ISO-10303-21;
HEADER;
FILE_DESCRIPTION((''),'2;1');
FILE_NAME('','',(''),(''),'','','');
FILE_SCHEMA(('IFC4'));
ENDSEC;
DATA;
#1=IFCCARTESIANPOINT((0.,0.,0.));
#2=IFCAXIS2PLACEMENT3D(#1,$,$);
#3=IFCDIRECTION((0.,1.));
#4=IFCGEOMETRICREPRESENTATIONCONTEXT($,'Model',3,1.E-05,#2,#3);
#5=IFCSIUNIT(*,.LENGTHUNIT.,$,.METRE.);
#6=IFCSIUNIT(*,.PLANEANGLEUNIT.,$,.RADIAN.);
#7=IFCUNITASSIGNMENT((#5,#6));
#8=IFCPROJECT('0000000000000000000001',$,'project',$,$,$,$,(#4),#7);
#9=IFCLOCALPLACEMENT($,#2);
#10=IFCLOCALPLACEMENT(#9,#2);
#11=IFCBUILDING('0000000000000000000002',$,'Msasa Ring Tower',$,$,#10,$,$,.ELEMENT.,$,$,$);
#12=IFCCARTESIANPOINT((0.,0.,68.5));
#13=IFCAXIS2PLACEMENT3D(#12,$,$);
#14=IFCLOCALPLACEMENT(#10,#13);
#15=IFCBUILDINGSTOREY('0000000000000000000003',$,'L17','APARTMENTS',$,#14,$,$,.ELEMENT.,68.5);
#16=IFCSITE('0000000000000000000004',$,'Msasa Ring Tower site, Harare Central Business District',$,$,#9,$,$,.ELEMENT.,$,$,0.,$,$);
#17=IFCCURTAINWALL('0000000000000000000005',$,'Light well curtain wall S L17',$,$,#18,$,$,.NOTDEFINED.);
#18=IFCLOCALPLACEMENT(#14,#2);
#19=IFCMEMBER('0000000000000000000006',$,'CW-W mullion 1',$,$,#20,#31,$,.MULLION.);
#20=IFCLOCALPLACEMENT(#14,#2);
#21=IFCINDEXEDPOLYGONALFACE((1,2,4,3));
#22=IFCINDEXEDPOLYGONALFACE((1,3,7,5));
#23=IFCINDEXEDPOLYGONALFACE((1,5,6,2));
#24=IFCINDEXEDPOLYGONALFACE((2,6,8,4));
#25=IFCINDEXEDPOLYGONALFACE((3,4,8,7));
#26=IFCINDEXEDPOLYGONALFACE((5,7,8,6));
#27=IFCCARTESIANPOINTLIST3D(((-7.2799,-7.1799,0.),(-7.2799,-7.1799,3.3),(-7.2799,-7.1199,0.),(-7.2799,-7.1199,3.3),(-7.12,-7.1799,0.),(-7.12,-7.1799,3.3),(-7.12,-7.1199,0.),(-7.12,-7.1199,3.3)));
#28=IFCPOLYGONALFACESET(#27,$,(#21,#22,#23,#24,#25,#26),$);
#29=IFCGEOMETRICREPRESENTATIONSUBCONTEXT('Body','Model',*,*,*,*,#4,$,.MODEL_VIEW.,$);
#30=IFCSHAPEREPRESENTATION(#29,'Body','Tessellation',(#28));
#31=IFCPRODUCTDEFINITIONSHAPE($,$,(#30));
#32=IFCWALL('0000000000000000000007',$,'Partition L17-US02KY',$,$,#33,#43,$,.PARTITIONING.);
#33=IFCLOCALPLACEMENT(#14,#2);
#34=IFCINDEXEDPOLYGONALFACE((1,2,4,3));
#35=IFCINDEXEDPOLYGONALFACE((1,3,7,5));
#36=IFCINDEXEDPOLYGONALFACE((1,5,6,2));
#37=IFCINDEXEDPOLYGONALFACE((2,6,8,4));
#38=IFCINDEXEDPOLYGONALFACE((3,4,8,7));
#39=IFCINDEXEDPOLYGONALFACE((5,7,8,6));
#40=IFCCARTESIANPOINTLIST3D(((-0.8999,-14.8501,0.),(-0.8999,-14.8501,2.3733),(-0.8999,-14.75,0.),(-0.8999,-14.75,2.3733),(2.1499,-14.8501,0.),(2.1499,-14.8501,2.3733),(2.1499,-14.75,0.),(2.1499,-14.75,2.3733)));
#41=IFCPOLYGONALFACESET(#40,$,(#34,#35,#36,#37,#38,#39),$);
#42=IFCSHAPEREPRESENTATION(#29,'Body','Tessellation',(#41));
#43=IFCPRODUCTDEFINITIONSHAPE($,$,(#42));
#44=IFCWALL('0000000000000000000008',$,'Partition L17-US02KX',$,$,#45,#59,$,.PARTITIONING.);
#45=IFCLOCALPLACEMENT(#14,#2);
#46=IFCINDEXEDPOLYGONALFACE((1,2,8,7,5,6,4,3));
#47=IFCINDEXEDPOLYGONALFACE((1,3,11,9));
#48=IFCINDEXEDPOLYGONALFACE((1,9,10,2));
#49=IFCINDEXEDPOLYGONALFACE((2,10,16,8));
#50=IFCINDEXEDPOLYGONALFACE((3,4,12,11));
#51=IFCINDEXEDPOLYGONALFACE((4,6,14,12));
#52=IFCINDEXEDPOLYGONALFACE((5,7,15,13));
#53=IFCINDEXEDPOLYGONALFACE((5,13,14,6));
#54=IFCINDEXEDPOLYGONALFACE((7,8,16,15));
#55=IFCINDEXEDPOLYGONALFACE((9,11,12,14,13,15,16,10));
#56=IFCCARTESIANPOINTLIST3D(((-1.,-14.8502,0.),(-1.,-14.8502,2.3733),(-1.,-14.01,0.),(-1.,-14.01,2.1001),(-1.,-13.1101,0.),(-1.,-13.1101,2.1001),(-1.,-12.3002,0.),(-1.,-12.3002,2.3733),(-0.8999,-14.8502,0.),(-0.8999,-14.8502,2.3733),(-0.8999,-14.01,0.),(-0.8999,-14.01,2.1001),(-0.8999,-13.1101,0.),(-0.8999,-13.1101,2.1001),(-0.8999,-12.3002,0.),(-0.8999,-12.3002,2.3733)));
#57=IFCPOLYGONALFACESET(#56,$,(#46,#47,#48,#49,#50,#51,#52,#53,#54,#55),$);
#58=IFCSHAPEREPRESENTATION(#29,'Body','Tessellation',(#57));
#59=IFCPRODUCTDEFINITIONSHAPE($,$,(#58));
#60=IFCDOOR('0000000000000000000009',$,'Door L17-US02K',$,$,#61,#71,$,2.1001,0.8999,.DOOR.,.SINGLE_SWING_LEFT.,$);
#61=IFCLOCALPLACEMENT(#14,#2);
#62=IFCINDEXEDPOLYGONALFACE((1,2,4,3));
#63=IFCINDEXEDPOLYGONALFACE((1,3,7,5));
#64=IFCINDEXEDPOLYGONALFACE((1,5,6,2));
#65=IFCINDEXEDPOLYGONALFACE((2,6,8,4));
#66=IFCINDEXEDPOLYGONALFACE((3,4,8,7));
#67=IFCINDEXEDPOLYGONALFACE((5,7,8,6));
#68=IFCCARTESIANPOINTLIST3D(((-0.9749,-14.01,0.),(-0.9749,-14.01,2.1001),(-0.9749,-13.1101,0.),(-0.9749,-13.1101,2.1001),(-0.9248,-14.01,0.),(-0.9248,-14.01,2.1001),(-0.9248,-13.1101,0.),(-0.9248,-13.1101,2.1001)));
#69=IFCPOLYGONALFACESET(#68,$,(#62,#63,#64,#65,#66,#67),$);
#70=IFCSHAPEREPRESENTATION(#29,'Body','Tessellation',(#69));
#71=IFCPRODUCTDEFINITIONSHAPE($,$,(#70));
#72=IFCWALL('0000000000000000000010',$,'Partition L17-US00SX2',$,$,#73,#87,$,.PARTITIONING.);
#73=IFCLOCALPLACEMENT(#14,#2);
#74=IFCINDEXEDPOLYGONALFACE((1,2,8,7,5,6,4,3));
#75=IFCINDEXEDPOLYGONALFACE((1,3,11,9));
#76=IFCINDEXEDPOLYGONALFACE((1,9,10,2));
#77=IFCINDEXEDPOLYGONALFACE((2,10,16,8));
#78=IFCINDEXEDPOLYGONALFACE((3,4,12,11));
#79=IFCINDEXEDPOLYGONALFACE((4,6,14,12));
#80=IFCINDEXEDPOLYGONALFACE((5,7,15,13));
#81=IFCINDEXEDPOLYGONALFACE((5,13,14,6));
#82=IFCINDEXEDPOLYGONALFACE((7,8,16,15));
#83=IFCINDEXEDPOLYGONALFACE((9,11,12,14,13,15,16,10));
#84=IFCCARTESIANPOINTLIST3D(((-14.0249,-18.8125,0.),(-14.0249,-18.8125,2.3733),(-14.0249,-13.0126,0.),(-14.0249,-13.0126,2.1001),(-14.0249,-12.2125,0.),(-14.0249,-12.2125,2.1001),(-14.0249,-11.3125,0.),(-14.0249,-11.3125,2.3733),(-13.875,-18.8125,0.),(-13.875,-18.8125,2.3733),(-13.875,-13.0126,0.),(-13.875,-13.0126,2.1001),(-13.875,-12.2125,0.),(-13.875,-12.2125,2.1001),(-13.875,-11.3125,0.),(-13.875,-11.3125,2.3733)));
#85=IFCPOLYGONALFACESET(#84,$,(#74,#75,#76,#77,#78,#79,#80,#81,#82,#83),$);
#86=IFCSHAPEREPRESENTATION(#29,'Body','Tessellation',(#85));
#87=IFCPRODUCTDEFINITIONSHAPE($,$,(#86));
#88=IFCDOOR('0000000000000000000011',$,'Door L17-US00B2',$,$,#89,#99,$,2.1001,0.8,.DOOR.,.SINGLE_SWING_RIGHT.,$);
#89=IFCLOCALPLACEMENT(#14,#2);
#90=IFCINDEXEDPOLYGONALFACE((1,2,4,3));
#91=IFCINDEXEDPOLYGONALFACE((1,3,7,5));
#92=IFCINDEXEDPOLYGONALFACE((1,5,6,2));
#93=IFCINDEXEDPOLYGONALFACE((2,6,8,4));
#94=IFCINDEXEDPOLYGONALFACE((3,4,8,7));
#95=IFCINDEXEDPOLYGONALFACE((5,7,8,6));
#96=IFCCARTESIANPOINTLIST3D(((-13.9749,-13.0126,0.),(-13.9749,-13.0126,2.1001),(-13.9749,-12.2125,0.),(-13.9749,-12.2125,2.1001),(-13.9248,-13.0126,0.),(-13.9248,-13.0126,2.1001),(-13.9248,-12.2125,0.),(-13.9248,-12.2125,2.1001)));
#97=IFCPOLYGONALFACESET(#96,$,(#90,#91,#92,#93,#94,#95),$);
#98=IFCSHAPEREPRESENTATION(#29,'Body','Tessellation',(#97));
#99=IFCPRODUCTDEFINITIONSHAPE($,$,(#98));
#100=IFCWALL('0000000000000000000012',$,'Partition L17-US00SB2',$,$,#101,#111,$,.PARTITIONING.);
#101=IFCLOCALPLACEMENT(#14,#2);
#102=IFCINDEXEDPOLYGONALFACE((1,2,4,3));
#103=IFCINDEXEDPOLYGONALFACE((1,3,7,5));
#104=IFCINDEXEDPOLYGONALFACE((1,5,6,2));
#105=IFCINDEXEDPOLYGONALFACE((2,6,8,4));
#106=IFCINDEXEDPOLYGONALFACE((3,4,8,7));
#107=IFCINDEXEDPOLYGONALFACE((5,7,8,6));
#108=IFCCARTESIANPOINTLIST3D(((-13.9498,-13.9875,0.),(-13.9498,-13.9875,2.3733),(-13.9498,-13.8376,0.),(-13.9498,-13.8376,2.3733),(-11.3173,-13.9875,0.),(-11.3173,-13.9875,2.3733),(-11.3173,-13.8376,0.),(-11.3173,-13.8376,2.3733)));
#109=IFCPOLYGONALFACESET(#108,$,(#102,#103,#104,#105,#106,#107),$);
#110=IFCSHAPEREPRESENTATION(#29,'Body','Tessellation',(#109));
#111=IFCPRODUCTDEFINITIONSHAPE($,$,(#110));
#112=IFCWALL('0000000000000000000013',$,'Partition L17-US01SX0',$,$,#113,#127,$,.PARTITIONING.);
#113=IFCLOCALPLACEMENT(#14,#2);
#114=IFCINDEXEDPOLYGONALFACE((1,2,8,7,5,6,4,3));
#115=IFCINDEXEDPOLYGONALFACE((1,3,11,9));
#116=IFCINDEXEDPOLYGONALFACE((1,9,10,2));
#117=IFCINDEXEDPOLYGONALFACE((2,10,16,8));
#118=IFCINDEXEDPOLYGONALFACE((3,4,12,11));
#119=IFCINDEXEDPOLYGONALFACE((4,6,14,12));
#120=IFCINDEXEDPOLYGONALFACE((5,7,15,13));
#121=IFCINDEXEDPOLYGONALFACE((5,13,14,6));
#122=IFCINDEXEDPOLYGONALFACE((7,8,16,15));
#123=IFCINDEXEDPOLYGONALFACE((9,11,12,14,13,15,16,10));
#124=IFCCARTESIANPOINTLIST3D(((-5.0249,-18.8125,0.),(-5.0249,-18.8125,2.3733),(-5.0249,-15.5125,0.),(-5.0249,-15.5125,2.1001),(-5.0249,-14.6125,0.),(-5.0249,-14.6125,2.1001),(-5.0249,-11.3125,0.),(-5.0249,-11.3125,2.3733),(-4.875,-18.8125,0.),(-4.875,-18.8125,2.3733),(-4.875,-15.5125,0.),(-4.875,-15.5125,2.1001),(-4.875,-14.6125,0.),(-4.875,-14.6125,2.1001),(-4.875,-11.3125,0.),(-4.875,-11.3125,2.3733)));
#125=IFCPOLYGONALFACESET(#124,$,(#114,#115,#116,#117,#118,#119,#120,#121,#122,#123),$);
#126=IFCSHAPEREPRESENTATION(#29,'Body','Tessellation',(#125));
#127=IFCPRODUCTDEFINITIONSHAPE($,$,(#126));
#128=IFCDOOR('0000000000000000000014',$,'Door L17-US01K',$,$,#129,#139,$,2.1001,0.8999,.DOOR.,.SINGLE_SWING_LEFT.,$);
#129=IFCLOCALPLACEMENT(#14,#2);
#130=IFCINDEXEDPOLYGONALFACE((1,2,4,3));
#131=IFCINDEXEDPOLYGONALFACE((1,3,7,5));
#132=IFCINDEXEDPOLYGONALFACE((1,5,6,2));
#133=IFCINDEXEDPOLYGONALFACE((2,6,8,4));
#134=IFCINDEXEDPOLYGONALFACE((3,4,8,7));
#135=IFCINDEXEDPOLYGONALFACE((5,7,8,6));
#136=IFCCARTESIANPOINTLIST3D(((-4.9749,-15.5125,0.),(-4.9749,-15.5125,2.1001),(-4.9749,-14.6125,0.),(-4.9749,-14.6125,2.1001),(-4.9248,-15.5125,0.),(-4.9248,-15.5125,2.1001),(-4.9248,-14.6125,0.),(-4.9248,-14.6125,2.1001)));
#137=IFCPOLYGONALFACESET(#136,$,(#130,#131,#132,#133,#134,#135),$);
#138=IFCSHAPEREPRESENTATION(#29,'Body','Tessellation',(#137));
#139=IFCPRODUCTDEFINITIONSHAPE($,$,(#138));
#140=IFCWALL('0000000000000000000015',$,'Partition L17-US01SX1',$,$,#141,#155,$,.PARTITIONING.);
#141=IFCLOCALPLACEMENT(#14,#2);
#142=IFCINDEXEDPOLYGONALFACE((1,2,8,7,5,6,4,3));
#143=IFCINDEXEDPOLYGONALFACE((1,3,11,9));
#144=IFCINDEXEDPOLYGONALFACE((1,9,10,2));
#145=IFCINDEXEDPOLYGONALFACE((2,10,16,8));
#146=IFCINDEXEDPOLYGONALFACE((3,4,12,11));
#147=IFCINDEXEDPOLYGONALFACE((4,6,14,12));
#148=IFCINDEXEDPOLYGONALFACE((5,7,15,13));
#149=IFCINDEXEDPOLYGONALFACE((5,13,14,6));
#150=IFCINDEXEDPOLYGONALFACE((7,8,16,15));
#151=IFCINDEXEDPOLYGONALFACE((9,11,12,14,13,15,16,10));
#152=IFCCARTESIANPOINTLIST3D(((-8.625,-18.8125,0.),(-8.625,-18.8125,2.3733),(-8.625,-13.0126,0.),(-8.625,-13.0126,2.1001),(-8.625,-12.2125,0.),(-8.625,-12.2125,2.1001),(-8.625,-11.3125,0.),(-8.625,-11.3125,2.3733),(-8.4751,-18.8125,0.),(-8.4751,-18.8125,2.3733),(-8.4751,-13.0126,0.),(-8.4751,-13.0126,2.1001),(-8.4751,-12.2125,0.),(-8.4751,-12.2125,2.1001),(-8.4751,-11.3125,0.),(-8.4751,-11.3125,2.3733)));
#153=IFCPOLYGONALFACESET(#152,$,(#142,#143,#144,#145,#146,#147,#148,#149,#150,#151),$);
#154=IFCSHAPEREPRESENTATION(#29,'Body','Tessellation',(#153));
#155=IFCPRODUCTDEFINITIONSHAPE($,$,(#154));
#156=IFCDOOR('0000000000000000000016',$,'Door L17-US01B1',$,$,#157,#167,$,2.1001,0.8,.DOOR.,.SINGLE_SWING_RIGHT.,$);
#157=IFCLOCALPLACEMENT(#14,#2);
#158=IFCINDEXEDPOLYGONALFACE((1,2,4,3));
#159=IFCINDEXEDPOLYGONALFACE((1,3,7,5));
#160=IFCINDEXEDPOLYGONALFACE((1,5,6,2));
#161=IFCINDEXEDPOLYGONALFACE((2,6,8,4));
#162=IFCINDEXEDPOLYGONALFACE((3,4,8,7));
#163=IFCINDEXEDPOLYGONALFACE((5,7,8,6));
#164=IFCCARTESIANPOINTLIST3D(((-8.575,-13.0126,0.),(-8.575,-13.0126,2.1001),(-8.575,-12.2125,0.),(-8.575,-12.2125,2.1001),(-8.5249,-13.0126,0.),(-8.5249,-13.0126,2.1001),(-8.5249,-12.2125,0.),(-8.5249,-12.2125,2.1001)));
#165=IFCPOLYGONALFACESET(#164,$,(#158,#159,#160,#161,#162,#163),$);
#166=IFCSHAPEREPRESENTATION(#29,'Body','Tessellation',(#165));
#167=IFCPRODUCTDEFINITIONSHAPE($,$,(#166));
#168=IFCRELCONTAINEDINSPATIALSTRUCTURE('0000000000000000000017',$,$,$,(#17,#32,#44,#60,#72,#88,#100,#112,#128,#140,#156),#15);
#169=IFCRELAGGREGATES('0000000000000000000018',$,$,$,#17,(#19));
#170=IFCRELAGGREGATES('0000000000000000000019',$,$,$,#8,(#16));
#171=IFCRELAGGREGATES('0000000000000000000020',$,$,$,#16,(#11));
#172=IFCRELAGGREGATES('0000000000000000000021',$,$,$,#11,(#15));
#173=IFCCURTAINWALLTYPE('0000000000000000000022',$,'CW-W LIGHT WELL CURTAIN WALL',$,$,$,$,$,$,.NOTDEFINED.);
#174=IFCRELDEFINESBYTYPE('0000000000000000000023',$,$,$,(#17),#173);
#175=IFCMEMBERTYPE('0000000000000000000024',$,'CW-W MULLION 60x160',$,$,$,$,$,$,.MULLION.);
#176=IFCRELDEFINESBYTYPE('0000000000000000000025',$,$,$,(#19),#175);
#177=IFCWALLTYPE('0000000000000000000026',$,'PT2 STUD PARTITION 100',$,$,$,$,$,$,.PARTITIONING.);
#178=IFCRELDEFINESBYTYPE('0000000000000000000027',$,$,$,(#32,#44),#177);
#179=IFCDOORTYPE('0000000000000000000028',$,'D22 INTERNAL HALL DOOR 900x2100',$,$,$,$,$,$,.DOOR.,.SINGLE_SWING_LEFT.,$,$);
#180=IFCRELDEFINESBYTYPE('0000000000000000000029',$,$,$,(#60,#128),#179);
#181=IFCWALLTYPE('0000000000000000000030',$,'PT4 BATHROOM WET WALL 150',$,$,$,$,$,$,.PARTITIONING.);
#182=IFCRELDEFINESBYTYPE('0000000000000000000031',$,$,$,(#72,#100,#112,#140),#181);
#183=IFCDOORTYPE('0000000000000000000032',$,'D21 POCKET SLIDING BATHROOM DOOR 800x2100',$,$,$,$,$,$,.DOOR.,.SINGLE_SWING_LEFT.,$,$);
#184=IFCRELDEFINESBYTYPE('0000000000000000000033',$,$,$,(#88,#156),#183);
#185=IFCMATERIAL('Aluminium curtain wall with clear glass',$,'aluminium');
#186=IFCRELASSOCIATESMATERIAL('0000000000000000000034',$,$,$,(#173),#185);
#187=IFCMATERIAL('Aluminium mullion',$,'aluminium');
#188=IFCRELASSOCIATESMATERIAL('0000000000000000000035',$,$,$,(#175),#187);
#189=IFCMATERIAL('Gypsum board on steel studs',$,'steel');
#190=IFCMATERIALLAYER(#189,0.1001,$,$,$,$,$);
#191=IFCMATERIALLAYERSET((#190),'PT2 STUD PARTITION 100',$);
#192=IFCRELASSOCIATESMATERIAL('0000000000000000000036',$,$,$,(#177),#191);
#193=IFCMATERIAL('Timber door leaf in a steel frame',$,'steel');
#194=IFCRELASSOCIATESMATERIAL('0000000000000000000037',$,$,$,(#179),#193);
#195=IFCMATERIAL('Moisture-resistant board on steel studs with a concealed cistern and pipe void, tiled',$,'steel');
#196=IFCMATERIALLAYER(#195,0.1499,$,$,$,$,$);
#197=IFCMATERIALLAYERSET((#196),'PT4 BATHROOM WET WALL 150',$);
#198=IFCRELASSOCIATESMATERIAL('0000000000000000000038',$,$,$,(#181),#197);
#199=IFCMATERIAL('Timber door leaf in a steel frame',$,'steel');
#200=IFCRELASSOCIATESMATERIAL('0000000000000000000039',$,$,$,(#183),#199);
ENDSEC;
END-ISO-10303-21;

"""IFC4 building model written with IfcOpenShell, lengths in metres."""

from ifc_helpers import new_model, si_unit, direction, frame, frame_2d, origin, origin_2d, place, context, subcontext, project, spatial, rectangle, extrude, material, layer, layer_set, material_profile, profile_set, type_object, element, fill, aggregate, save


model = new_model("IFC4")

# Units and contexts
model_context = context("Model", 3, precision=1e-05, world=origin(), true_north=direction((0.0, 1.0)))
body_context = subcontext(model_context, "Body", "Model", "MODEL_VIEW")
ifc_project = project(units=[si_unit("LENGTHUNIT", "METRE"), si_unit("PLANEANGLEUNIT", "RADIAN")], contexts=[model_context])

# Site, building, storey
site_placement = place(None, origin())
site = spatial("IfcSite", under=ifc_project, at=site_placement, Name="Msasa Ring Tower site, Harare Central Business District", CompositionType="ELEMENT", RefElevation=0.0)
building_placement = place(site_placement, origin())
building = spatial("IfcBuilding", under=site, at=building_placement, Name="Msasa Ring Tower", CompositionType="ELEMENT")
storey_placement = place(building_placement, frame((0.0, 0.0, 68.5)))
storey = spatial("IfcBuildingStorey", under=building, at=storey_placement, Name="L17", Description="APARTMENTS", CompositionType="ELEMENT", Elevation=68.5)

# Curtain wall, member
ifc_material_1 = material(Name="Aluminium curtain wall with clear glass", Category="aluminium")
curtain_wall_type = type_object("IfcCurtainWallType", Name="CW-W LIGHT WELL CURTAIN WALL", PredefinedType="NOTDEFINED", material=ifc_material_1)
curtain_wall_placement = place(storey_placement, origin())
curtain_wall = element("IfcCurtainWall", 1, at=curtain_wall_placement, inside=storey, type_object=curtain_wall_type, Name="Light well curtain wall S L17", PredefinedType="NOTDEFINED")
ifc_material_2 = material(Name="Aluminium mullion", Category="aluminium")
ifc_material_profile = material_profile(ifc_material_2, rectangle(XDim=0.0601, YDim=0.1599, at=origin_2d()), Name="AL 60x160")
ifc_profile_set = profile_set([ifc_material_profile], Name="Aluminium mullion")
member_type = type_object("IfcMemberType", Name="CW-W MULLION 60x160", PredefinedType="MULLION", material=ifc_profile_set)
member_placement = place(storey_placement, frame((-7.2, -7.1499, 0.0), z_axis=(0.0, 0.0, 1.0), x_axis=(0.0, 1.0, 0.0)))
member = element("IfcMember", 2, at=member_placement, type_object=member_type, Name="CW-W mullion 1", PredefinedType="MULLION", context=body_context, shape_type="SweptSolid", body=[
    extrude(rectangle(XDim=0.0601, YDim=0.1599, at=origin_2d()), origin(), (0.0, 0.0, 1.0), 3.3),
])
aggregate(curtain_wall, [member])

# Wall
ifc_material_3 = material(Name="Gypsum board on steel studs", Category="steel")
ifc_layer_1 = layer(ifc_material_3, 0.1001)
ifc_layer_set_1 = layer_set([ifc_layer_1], Name="PT2 STUD PARTITION 100")
wall_type_1 = type_object("IfcWallType", Name="PT2 STUD PARTITION 100", PredefinedType="PARTITIONING", material=ifc_layer_set_1)
wall_1_placement = place(storey_placement, frame((-0.8999, -14.8, 0.0), z_axis=(0.0, 0.0, 1.0), x_axis=(1.0, 0.0, 0.0)))
element("IfcWall", 3, at=wall_1_placement, inside=storey, type_object=wall_type_1, Name="Partition L17-US02KY", PredefinedType="PARTITIONING", context=body_context, shape_type="SweptSolid", body=[
    extrude(rectangle(XDim=3.0498, YDim=0.1001, at=frame_2d((1.5249, 0.0))), origin(), (0.0, 0.0, 1.0), 2.3733),
])

# Walls, openings, doors
wall_2_placement = place(storey_placement, frame((-0.95, -14.8501, 0.0), z_axis=(0.0, 0.0, 1.0), x_axis=(0.0, 1.0, 0.0)))
wall_2 = element("IfcWall", 4, at=wall_2_placement, inside=storey, type_object=wall_type_1, Name="Partition L17-US02KX", PredefinedType="PARTITIONING", context=body_context, shape_type="SweptSolid", body=[
    extrude(rectangle(XDim=2.55, YDim=0.1001, at=frame_2d((1.2749, 0.0))), origin(), (0.0, 0.0, 1.0), 2.3733),
])
opening_1_placement = place(wall_2_placement, frame((0.8401, 0.0, 0.0)))
opening_1 = element("IfcOpeningElement", 5, at=opening_1_placement, cuts=wall_2, PredefinedType="OPENING", context=body_context, shape_type="SweptSolid", body=[
    extrude(rectangle(XDim=0.8999, YDim=2.1001, at=frame_2d((0.45, 1.05))), frame((0.0, 0.0601, 0.0), z_axis=(0.0, -1.0, 0.0), x_axis=(1.0, 0.0, 0.0)), (0.0, 0.0, 1.0), 0.1201),
])
ifc_material_4 = material(Name="Timber door leaf in a steel frame", Category="steel")
door_type_1 = type_object("IfcDoorType", Name="D22 INTERNAL HALL DOOR 900x2100", OperationType="SINGLE_SWING_LEFT", PredefinedType="DOOR", material=ifc_material_4)
door_1_placement = place(opening_1_placement, origin())
door_1 = element("IfcDoor", 6, at=door_1_placement, inside=storey, type_object=door_type_1, Name="Door L17-US02K", OperationType="SINGLE_SWING_LEFT", OverallHeight=2.1001, OverallWidth=0.8999, PredefinedType="DOOR", context=body_context, shape_type="SweptSolid", body=[
    extrude(rectangle(XDim=0.8999, YDim=2.1001, at=frame_2d((0.45, 1.05))), frame((0.0, 0.0249, 0.0), z_axis=(0.0, -1.0, 0.0), x_axis=(1.0, 0.0, 0.0)), (0.0, 0.0, 1.0), 0.05),
])
fill(opening_1, door_1)
ifc_material_5 = material(Name="Moisture-resistant board on steel studs with a concealed cistern and pipe void, tiled", Category="steel")
ifc_layer_2 = layer(ifc_material_5, 0.1499)
ifc_layer_set_2 = layer_set([ifc_layer_2], Name="PT4 BATHROOM WET WALL 150")
wall_type_2 = type_object("IfcWallType", Name="PT4 BATHROOM WET WALL 150", PredefinedType="PARTITIONING", material=ifc_layer_set_2)
wall_3_placement = place(storey_placement, frame((-13.95, -18.8125, 0.0), z_axis=(0.0, 0.0, 1.0), x_axis=(0.0, 1.0, 0.0)))
wall_3 = element("IfcWall", 7, at=wall_3_placement, inside=storey, type_object=wall_type_2, Name="Partition L17-US00SX2", PredefinedType="PARTITIONING", context=body_context, shape_type="SweptSolid", body=[
    extrude(rectangle(XDim=7.5, YDim=0.1499, at=frame_2d((3.75, 0.0))), origin(), (0.0, 0.0, 1.0), 2.3733),
])
opening_2_placement = place(wall_3_placement, frame((5.8, 0.0, 0.0)))
opening_2 = element("IfcOpeningElement", 8, at=opening_2_placement, cuts=wall_3, PredefinedType="OPENING", context=body_context, shape_type="SweptSolid", body=[
    extrude(rectangle(XDim=0.8, YDim=2.1001, at=frame_2d((0.3999, 1.05))), frame((0.0, 0.085, 0.0), z_axis=(0.0, -1.0, 0.0), x_axis=(1.0, 0.0, 0.0)), (0.0, 0.0, 1.0), 0.1699),
])
ifc_material_6 = material(Name="Timber door leaf in a steel frame", Category="steel")
door_type_2 = type_object("IfcDoorType", Name="D21 POCKET SLIDING BATHROOM DOOR 800x2100", OperationType="SINGLE_SWING_LEFT", PredefinedType="DOOR", material=ifc_material_6)
door_2_placement = place(opening_2_placement, origin())
door_2 = element("IfcDoor", 9, at=door_2_placement, inside=storey, type_object=door_type_2, Name="Door L17-US00B2", OperationType="SINGLE_SWING_RIGHT", OverallHeight=2.1001, OverallWidth=0.8, PredefinedType="DOOR", context=body_context, shape_type="SweptSolid", body=[
    extrude(rectangle(XDim=0.8, YDim=2.1001, at=frame_2d((0.3999, 1.05))), frame((0.0, 0.0249, 0.0), z_axis=(0.0, -1.0, 0.0), x_axis=(1.0, 0.0, 0.0)), (0.0, 0.0, 1.0), 0.05),
])
fill(opening_2, door_2)

# Wall
wall_4_placement = place(storey_placement, frame((-13.95, -13.9126, 0.0), z_axis=(0.0, 0.0, 1.0), x_axis=(1.0, 0.0, 0.0)))
element("IfcWall", 10, at=wall_4_placement, inside=storey, type_object=wall_type_2, Name="Partition L17-US00SB2", PredefinedType="PARTITIONING", context=body_context, shape_type="SweptSolid", body=[
    extrude(rectangle(XDim=2.6326, YDim=0.1499, at=frame_2d((1.3164, 0.0))), origin(), (0.0, 0.0, 1.0), 2.3733),
])

# Walls, openings, doors
wall_5_placement = place(storey_placement, frame((-4.95, -18.8125, 0.0), z_axis=(0.0, 0.0, 1.0), x_axis=(0.0, 1.0, 0.0)))
wall_5 = element("IfcWall", 11, at=wall_5_placement, inside=storey, type_object=wall_type_2, Name="Partition L17-US01SX0", PredefinedType="PARTITIONING", context=body_context, shape_type="SweptSolid", body=[
    extrude(rectangle(XDim=7.5, YDim=0.1499, at=frame_2d((3.75, 0.0))), origin(), (0.0, 0.0, 1.0), 2.3733),
])
opening_3_placement = place(wall_5_placement, frame((3.3, 0.0, 0.0)))
opening_3 = element("IfcOpeningElement", 12, at=opening_3_placement, cuts=wall_5, PredefinedType="OPENING", context=body_context, shape_type="SweptSolid", body=[
    extrude(rectangle(XDim=0.8999, YDim=2.1001, at=frame_2d((0.45, 1.05))), frame((0.0, 0.085, 0.0), z_axis=(0.0, -1.0, 0.0), x_axis=(1.0, 0.0, 0.0)), (0.0, 0.0, 1.0), 0.1699),
])
door_3_placement = place(opening_3_placement, origin())
door_3 = element("IfcDoor", 13, at=door_3_placement, inside=storey, type_object=door_type_1, Name="Door L17-US01K", OperationType="SINGLE_SWING_LEFT", OverallHeight=2.1001, OverallWidth=0.8999, PredefinedType="DOOR", context=body_context, shape_type="SweptSolid", body=[
    extrude(rectangle(XDim=0.8999, YDim=2.1001, at=frame_2d((0.45, 1.05))), frame((0.0, 0.0249, 0.0), z_axis=(0.0, -1.0, 0.0), x_axis=(1.0, 0.0, 0.0)), (0.0, 0.0, 1.0), 0.05),
])
fill(opening_3, door_3)
wall_6_placement = place(storey_placement, frame((-8.55, -18.8125, 0.0), z_axis=(0.0, 0.0, 1.0), x_axis=(0.0, 1.0, 0.0)))
wall_6 = element("IfcWall", 14, at=wall_6_placement, inside=storey, type_object=wall_type_2, Name="Partition L17-US01SX1", PredefinedType="PARTITIONING", context=body_context, shape_type="SweptSolid", body=[
    extrude(rectangle(XDim=7.5, YDim=0.1499, at=frame_2d((3.75, 0.0))), origin(), (0.0, 0.0, 1.0), 2.3733),
])
opening_4_placement = place(wall_6_placement, frame((5.8, 0.0, 0.0)))
opening_4 = element("IfcOpeningElement", 15, at=opening_4_placement, cuts=wall_6, PredefinedType="OPENING", context=body_context, shape_type="SweptSolid", body=[
    extrude(rectangle(XDim=0.8, YDim=2.1001, at=frame_2d((0.3999, 1.05))), frame((0.0, 0.085, 0.0), z_axis=(0.0, -1.0, 0.0), x_axis=(1.0, 0.0, 0.0)), (0.0, 0.0, 1.0), 0.1699),
])
door_4_placement = place(opening_4_placement, origin())
door_4 = element("IfcDoor", 16, at=door_4_placement, inside=storey, type_object=door_type_2, Name="Door L17-US01B1", OperationType="SINGLE_SWING_RIGHT", OverallHeight=2.1001, OverallWidth=0.8, PredefinedType="DOOR", context=body_context, shape_type="SweptSolid", body=[
    extrude(rectangle(XDim=0.8, YDim=2.1001, at=frame_2d((0.3999, 1.05))), frame((0.0, 0.0249, 0.0), z_axis=(0.0, -1.0, 0.0), x_axis=(1.0, 0.0, 0.0)), (0.0, 0.0, 1.0), 0.05),
])
fill(opening_4, door_4)

save(model, "model.ifc")
